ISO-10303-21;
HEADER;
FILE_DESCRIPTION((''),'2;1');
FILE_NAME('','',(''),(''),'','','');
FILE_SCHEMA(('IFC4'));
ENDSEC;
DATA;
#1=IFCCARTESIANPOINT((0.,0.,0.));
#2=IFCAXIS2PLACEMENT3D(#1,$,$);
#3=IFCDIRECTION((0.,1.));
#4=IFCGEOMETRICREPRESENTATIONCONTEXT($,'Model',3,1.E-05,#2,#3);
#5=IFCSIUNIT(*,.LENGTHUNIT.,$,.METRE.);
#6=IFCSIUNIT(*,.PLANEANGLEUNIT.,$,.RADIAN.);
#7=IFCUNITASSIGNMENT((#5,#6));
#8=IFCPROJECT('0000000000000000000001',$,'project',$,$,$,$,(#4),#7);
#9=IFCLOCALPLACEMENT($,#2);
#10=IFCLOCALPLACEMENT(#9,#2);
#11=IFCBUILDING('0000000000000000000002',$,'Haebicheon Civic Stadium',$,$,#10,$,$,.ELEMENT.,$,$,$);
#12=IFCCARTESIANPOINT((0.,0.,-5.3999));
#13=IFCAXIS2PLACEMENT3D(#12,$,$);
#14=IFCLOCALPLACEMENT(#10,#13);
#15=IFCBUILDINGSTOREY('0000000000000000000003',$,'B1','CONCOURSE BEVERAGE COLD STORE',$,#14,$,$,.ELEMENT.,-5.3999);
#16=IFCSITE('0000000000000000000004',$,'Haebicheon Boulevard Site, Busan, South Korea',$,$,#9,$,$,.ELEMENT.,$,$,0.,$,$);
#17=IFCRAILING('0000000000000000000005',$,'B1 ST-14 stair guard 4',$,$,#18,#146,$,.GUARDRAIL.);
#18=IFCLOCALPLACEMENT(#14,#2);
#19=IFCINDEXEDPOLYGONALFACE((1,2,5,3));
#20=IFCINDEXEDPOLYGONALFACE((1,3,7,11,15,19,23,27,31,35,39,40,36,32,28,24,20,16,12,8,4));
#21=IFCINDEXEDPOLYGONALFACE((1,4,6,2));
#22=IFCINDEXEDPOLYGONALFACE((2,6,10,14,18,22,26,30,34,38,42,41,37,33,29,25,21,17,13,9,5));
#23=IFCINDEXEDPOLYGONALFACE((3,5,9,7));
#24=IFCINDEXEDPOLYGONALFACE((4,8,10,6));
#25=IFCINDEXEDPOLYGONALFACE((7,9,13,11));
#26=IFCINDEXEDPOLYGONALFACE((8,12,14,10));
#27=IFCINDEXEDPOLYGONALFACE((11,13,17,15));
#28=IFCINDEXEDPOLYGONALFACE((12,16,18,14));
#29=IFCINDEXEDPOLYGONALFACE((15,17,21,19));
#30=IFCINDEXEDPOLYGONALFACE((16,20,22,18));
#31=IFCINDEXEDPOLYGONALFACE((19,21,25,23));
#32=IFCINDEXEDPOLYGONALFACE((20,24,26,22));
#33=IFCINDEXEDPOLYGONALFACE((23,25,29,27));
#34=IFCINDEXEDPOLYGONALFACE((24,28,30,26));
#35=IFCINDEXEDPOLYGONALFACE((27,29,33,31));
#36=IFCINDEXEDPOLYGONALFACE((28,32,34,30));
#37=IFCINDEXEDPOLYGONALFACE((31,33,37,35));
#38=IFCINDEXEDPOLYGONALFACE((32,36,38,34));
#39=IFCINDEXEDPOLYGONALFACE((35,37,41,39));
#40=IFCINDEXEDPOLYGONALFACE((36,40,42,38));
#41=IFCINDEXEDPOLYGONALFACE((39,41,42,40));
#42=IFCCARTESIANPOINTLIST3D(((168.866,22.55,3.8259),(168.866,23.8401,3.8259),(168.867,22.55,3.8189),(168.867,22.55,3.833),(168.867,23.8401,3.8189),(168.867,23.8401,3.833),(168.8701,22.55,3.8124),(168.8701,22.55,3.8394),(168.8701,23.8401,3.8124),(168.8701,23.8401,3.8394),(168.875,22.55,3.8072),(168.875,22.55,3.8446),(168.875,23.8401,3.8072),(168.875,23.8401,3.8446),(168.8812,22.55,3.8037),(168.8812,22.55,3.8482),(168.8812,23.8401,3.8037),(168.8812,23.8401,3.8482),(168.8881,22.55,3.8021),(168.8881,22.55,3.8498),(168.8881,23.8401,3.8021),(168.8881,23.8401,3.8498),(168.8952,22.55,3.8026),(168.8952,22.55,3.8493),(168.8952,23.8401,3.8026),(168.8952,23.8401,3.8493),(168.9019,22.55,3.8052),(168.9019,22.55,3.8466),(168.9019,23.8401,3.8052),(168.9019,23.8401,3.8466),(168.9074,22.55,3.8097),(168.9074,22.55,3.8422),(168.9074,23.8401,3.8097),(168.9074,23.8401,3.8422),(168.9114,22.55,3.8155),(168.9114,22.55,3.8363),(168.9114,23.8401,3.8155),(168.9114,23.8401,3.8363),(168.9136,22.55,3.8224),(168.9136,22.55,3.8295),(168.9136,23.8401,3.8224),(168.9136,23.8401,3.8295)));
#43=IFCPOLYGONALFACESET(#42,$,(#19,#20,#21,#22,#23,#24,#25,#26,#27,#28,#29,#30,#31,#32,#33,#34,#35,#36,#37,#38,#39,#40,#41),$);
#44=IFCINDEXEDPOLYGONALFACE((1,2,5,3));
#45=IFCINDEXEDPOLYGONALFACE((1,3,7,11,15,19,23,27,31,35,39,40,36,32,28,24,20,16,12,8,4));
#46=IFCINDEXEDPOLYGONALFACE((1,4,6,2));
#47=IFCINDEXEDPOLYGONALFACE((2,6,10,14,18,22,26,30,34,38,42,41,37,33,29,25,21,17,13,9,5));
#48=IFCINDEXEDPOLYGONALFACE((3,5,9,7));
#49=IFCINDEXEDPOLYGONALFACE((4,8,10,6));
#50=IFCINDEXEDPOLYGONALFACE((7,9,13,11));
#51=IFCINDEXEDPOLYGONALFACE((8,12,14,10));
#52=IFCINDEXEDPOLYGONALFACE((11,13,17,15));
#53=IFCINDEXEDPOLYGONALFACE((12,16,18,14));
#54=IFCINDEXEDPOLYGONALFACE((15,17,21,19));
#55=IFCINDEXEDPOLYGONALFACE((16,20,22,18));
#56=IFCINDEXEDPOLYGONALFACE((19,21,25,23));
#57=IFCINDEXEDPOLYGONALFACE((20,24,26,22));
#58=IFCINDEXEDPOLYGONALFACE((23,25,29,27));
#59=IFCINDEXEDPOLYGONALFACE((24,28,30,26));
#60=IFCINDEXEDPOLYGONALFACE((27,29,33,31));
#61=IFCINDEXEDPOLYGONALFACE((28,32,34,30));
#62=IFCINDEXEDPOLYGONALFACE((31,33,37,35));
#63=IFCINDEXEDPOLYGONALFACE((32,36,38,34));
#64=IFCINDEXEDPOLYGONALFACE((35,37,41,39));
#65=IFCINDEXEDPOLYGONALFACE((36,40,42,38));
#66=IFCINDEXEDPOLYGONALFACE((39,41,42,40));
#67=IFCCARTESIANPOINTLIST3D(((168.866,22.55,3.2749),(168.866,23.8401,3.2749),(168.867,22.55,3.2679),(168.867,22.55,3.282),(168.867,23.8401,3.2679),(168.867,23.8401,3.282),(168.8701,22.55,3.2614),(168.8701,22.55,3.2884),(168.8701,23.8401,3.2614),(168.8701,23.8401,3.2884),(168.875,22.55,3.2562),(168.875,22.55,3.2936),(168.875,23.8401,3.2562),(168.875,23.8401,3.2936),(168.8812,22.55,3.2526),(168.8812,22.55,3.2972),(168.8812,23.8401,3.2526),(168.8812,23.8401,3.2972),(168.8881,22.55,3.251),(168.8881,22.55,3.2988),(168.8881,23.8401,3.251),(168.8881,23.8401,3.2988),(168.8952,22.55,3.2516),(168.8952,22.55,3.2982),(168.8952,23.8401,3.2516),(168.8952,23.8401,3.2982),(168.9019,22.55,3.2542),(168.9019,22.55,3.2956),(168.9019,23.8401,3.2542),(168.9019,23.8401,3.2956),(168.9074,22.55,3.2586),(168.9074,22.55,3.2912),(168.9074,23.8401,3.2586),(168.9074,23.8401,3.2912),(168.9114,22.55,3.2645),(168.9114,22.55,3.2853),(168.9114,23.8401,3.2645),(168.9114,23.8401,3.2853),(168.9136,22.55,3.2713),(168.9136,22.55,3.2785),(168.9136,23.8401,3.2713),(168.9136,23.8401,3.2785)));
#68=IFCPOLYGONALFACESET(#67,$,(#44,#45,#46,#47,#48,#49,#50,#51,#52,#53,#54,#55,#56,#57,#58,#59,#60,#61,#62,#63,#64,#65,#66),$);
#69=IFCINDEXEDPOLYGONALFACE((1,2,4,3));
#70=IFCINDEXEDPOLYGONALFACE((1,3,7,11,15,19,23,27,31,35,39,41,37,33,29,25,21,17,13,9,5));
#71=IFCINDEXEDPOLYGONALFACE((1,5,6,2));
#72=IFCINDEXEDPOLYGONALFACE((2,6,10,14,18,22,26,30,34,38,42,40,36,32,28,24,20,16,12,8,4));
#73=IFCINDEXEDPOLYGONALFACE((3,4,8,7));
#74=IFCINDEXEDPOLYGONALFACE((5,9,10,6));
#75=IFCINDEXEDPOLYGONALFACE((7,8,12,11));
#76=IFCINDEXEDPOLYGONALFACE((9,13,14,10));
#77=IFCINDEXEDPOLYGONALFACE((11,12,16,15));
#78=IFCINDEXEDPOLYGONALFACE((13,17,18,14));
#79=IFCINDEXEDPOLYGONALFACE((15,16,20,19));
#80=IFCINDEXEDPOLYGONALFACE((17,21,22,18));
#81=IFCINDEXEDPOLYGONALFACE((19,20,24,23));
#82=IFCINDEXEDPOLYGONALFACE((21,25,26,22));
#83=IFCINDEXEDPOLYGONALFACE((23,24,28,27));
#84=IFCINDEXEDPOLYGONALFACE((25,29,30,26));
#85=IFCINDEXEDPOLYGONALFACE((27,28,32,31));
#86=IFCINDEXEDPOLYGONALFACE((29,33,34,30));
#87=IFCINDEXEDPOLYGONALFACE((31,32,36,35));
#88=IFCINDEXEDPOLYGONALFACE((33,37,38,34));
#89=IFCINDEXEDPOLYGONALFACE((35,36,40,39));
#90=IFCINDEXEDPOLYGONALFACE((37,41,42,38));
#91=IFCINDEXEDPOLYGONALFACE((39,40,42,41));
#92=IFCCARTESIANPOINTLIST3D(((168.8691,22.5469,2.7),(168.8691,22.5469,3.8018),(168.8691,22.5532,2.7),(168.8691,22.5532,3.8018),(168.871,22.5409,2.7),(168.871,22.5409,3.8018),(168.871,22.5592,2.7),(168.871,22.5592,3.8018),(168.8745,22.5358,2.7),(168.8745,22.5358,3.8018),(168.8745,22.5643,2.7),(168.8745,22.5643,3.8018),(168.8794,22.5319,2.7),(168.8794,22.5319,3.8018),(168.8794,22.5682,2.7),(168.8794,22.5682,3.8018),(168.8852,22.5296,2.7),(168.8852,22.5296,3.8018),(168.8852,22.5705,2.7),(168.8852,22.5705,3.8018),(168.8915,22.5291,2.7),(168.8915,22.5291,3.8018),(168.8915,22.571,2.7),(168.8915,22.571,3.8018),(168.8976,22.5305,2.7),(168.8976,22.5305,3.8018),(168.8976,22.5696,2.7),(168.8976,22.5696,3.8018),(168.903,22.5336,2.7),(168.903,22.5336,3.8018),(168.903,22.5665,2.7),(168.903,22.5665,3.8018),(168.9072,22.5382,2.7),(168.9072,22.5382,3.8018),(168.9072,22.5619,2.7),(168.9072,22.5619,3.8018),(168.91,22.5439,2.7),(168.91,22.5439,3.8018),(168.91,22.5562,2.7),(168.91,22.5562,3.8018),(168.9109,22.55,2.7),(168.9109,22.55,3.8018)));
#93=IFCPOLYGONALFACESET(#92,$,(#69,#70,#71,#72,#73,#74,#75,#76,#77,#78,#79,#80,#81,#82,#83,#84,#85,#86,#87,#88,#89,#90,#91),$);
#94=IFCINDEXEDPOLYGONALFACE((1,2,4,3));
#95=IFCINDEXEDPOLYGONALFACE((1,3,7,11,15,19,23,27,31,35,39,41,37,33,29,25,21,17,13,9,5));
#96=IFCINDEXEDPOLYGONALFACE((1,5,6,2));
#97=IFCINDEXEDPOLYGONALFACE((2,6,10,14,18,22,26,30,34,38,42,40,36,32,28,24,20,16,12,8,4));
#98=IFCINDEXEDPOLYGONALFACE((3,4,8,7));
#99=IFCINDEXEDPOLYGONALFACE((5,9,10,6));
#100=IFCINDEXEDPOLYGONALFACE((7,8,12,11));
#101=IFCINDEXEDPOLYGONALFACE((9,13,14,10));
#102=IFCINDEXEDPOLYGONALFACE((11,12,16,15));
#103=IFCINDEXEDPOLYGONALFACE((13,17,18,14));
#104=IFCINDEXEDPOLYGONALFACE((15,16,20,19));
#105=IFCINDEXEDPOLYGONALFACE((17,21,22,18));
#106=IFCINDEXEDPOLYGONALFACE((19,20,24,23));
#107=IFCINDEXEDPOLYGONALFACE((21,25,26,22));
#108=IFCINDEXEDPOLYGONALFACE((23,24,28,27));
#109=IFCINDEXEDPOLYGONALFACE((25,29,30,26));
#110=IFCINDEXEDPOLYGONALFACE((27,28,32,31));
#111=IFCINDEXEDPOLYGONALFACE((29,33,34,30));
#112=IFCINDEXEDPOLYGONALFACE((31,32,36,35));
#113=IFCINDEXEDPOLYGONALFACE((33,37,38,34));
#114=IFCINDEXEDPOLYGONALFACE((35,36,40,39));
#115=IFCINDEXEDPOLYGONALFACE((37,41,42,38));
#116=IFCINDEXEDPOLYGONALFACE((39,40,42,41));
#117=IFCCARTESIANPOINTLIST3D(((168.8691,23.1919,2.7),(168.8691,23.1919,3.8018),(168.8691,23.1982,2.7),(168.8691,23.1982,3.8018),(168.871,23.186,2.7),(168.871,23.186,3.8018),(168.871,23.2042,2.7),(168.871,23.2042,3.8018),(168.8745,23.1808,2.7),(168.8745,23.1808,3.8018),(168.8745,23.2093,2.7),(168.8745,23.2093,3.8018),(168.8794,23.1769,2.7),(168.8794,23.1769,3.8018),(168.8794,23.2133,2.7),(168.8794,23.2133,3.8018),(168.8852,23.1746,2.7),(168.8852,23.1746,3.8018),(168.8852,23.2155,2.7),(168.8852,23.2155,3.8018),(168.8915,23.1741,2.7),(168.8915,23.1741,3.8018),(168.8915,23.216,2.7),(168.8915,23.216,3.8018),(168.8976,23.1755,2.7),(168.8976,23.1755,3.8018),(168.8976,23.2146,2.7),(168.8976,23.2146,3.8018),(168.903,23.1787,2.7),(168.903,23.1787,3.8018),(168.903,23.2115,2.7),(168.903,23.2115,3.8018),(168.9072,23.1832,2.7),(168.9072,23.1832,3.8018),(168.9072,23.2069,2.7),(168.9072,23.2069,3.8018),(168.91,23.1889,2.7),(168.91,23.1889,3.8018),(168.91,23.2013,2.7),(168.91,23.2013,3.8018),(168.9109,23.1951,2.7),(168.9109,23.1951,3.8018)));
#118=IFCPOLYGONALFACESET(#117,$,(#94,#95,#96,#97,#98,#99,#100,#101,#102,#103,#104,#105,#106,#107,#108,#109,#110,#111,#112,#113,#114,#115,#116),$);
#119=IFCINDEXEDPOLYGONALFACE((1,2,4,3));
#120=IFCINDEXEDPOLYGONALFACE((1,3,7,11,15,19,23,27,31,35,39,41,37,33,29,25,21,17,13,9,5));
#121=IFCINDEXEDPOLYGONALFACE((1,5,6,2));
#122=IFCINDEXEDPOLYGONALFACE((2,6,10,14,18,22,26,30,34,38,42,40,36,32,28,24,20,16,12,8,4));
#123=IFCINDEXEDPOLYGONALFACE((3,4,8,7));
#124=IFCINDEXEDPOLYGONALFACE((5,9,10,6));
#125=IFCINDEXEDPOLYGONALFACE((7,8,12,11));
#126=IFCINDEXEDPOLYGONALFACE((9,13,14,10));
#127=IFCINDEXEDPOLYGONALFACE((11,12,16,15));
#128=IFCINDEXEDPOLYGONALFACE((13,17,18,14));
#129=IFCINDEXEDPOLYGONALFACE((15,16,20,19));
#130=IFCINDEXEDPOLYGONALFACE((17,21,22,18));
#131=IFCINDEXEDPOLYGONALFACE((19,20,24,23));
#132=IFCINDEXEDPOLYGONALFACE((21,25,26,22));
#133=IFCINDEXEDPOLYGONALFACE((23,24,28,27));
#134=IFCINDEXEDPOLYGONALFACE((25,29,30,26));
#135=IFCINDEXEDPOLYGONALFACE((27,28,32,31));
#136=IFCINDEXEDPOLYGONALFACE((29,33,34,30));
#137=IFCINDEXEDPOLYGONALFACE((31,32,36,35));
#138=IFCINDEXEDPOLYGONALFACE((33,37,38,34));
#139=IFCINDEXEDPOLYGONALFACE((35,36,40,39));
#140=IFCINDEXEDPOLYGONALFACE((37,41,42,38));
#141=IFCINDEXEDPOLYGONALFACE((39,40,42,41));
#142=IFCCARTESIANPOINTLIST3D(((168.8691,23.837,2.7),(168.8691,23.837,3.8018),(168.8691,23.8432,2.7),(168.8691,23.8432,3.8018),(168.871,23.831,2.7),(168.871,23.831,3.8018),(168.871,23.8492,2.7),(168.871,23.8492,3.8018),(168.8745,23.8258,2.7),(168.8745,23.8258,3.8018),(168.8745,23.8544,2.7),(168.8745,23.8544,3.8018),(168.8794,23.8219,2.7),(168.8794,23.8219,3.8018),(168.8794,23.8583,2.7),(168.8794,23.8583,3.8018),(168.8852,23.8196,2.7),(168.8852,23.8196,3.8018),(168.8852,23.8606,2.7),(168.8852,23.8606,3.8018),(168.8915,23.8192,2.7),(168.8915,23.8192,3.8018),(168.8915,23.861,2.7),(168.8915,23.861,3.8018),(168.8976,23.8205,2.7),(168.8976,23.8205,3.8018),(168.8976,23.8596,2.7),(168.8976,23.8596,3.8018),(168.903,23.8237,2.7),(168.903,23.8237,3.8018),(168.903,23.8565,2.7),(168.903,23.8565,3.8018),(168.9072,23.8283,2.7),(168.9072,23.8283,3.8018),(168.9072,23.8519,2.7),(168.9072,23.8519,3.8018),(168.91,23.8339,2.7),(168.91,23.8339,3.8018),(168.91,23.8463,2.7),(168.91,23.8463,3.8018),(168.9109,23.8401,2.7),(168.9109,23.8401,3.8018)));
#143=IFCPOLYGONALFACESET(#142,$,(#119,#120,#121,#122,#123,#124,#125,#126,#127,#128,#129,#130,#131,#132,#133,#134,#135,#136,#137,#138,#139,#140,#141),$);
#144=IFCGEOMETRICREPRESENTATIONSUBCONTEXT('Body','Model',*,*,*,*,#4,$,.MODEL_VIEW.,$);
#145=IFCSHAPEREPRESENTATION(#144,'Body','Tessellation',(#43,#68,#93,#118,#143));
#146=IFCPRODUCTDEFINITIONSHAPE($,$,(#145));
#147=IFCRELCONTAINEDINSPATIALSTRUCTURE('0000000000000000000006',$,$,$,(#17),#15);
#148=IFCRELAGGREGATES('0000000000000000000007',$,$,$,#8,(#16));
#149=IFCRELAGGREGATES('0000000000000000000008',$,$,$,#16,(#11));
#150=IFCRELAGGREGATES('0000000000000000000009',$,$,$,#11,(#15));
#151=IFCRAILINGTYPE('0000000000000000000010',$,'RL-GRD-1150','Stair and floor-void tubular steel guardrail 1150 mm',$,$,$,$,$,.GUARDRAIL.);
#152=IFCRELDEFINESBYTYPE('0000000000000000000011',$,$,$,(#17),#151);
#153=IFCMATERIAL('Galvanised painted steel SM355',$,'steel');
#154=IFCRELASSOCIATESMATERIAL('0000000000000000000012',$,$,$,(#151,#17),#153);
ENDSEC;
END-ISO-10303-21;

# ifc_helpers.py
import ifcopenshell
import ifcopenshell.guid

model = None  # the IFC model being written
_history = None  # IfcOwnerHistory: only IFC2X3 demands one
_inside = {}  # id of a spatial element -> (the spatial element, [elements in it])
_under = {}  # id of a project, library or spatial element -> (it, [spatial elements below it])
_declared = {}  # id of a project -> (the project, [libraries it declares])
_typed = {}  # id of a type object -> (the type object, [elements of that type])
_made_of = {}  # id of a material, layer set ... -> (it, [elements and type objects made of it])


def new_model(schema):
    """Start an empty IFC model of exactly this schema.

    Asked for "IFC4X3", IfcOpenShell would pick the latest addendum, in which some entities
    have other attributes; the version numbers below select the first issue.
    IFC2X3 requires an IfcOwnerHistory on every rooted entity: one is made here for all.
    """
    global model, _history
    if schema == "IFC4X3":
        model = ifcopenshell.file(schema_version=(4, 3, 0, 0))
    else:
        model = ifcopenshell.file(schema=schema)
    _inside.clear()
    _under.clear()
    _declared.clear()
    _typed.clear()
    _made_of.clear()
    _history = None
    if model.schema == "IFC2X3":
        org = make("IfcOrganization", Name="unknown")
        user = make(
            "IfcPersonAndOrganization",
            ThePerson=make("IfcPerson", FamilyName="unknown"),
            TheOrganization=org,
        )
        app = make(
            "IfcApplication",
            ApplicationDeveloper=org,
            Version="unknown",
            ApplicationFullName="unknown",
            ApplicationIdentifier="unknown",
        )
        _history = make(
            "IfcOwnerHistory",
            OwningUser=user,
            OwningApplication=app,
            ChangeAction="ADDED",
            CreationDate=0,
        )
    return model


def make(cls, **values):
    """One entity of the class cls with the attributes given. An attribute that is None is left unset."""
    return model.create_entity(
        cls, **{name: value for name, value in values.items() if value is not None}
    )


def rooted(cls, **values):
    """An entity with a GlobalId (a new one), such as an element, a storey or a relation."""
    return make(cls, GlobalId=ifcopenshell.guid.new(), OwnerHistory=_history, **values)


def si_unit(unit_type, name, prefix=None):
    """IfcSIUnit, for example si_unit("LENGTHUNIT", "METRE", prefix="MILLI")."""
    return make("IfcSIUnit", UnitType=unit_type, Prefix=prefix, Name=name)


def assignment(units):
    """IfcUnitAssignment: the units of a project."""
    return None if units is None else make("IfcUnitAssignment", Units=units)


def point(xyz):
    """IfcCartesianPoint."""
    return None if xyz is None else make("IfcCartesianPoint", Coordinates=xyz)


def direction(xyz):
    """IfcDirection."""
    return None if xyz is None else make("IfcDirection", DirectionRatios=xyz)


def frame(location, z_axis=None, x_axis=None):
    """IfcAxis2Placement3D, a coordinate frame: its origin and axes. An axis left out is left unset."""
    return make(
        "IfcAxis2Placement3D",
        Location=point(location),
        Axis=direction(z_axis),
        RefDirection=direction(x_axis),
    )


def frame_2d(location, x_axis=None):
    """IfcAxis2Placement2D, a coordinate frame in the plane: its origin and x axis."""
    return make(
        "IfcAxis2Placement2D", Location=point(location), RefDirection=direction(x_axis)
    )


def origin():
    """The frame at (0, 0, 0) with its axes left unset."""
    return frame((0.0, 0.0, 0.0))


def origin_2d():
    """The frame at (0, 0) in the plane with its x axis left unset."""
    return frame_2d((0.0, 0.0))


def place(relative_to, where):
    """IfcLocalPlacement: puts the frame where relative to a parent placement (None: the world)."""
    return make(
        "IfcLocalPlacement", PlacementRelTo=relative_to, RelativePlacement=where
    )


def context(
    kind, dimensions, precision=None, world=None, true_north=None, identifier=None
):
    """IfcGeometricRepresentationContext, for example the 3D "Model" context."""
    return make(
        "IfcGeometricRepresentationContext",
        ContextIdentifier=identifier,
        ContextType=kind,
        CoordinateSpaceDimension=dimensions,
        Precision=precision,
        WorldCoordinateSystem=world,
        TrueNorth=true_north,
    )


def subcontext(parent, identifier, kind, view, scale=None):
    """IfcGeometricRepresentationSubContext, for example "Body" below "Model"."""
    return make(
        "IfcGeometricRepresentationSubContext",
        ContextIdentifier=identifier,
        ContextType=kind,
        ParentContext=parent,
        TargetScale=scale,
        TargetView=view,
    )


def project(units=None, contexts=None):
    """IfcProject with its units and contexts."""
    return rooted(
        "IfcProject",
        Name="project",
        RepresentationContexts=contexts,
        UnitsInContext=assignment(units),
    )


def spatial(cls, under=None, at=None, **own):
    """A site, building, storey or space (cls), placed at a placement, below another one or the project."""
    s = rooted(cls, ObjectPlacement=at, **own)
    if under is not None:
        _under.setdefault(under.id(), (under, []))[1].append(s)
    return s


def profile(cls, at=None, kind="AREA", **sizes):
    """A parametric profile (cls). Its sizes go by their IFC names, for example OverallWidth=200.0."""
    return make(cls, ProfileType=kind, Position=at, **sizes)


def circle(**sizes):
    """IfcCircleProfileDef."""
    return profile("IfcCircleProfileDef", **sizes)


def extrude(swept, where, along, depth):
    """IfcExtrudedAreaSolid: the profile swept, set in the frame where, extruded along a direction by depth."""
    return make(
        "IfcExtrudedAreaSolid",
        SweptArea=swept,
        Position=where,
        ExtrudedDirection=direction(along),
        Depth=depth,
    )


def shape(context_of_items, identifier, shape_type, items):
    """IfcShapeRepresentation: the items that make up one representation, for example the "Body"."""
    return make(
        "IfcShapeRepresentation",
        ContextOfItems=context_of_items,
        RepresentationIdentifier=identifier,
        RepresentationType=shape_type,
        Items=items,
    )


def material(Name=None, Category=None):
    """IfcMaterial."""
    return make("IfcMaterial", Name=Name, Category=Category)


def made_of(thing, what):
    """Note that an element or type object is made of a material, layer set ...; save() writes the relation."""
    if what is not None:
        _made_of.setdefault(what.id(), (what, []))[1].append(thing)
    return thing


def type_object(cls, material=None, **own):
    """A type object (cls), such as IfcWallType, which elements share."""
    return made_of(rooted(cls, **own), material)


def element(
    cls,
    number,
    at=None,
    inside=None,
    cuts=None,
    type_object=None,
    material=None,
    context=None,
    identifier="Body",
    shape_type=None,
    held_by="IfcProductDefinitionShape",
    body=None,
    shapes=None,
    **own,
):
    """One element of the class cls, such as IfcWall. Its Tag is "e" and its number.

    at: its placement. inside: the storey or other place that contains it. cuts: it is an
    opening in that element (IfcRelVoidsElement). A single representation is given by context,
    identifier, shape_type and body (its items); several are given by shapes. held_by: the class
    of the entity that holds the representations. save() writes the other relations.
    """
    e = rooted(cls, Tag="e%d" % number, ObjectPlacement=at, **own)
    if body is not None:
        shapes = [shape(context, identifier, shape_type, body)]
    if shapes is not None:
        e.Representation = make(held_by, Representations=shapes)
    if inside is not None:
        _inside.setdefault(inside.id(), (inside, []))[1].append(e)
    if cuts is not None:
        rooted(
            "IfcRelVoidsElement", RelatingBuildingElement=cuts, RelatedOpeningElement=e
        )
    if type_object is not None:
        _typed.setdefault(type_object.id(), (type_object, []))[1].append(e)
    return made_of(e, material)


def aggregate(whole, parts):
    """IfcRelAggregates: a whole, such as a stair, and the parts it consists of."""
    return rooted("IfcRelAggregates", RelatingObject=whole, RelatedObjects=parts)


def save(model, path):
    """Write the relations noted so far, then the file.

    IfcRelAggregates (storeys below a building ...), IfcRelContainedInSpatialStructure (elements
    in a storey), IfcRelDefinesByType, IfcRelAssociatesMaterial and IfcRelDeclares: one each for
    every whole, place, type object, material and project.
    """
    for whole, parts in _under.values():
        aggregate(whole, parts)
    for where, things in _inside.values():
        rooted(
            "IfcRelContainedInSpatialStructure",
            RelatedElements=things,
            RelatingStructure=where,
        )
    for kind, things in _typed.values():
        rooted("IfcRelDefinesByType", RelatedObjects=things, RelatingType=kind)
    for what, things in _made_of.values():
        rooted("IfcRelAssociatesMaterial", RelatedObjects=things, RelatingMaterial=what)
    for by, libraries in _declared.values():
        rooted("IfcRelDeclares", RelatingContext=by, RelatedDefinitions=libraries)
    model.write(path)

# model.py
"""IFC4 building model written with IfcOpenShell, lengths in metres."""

from ifc_helpers import new_model, si_unit, direction, frame, origin, origin_2d, place, context, subcontext, project, spatial, circle, extrude, material, type_object, element, save


model = new_model("IFC4")

# Units and contexts
model_context = context("Model", 3, precision=1e-05, world=origin(), true_north=direction((0.0, 1.0)))
body_context = subcontext(model_context, "Body", "Model", "MODEL_VIEW")
ifc_project = project(units=[si_unit("LENGTHUNIT", "METRE"), si_unit("PLANEANGLEUNIT", "RADIAN")], contexts=[model_context])

# Site, building, storey
site_placement = place(None, origin())
site = spatial("IfcSite", under=ifc_project, at=site_placement, Name="Haebicheon Boulevard Site, Busan, South Korea", CompositionType="ELEMENT", RefElevation=0.0)
building_placement = place(site_placement, origin())
building = spatial("IfcBuilding", under=site, at=building_placement, Name="Haebicheon Civic Stadium", CompositionType="ELEMENT")
storey_placement = place(building_placement, frame((0.0, 0.0, -5.3999)))
storey = spatial("IfcBuildingStorey", under=building, at=storey_placement, Name="B1", Description="CONCOURSE BEVERAGE COLD STORE", CompositionType="ELEMENT", Elevation=-5.3999)

# Railing
ifc_material_1 = material(Name="Galvanised painted steel SM355", Category="steel")
railing_type_1 = type_object("IfcRailingType", Name="RL-GRD-1150", Description="Stair and floor-void tubular steel guardrail 1150 mm", PredefinedType="GUARDRAIL", material=ifc_material_1)
railing_1_placement = place(storey_placement, frame((168.8899, 22.55, 2.7)))
element("IfcRailing", 1, at=railing_1_placement, inside=storey, type_object=railing_type_1, material=ifc_material_1, Name="B1 ST-14 stair guard 4", PredefinedType="GUARDRAIL", context=body_context, shape_type="SweptSolid", body=[
    extrude(circle(Radius=0.0239, at=origin_2d()), frame((0.0, 0.0, 1.126), z_axis=(0.0, 1.0, 0.0), x_axis=(-1.0, 0.0, 0.0)), (0.0, 0.0, 1.0), 1.29),
    extrude(circle(Radius=0.0239, at=origin_2d()), frame((0.0, 0.0, 0.575), z_axis=(0.0, 1.0, 0.0), x_axis=(-1.0, 0.0, 0.0)), (0.0, 0.0, 1.0), 1.29),
    extrude(circle(Radius=0.021, at=origin_2d()), origin(), (0.0, 0.0, 1.0), 1.1018),
    extrude(circle(Radius=0.021, at=origin_2d()), frame((0.0, 0.645, 0.0)), (0.0, 0.0, 1.0), 1.1018),
    extrude(circle(Radius=0.021, at=origin_2d()), frame((0.0, 1.29, 0.0)), (0.0, 0.0, 1.0), 1.1018),
])

save(model, "model.ifc")
